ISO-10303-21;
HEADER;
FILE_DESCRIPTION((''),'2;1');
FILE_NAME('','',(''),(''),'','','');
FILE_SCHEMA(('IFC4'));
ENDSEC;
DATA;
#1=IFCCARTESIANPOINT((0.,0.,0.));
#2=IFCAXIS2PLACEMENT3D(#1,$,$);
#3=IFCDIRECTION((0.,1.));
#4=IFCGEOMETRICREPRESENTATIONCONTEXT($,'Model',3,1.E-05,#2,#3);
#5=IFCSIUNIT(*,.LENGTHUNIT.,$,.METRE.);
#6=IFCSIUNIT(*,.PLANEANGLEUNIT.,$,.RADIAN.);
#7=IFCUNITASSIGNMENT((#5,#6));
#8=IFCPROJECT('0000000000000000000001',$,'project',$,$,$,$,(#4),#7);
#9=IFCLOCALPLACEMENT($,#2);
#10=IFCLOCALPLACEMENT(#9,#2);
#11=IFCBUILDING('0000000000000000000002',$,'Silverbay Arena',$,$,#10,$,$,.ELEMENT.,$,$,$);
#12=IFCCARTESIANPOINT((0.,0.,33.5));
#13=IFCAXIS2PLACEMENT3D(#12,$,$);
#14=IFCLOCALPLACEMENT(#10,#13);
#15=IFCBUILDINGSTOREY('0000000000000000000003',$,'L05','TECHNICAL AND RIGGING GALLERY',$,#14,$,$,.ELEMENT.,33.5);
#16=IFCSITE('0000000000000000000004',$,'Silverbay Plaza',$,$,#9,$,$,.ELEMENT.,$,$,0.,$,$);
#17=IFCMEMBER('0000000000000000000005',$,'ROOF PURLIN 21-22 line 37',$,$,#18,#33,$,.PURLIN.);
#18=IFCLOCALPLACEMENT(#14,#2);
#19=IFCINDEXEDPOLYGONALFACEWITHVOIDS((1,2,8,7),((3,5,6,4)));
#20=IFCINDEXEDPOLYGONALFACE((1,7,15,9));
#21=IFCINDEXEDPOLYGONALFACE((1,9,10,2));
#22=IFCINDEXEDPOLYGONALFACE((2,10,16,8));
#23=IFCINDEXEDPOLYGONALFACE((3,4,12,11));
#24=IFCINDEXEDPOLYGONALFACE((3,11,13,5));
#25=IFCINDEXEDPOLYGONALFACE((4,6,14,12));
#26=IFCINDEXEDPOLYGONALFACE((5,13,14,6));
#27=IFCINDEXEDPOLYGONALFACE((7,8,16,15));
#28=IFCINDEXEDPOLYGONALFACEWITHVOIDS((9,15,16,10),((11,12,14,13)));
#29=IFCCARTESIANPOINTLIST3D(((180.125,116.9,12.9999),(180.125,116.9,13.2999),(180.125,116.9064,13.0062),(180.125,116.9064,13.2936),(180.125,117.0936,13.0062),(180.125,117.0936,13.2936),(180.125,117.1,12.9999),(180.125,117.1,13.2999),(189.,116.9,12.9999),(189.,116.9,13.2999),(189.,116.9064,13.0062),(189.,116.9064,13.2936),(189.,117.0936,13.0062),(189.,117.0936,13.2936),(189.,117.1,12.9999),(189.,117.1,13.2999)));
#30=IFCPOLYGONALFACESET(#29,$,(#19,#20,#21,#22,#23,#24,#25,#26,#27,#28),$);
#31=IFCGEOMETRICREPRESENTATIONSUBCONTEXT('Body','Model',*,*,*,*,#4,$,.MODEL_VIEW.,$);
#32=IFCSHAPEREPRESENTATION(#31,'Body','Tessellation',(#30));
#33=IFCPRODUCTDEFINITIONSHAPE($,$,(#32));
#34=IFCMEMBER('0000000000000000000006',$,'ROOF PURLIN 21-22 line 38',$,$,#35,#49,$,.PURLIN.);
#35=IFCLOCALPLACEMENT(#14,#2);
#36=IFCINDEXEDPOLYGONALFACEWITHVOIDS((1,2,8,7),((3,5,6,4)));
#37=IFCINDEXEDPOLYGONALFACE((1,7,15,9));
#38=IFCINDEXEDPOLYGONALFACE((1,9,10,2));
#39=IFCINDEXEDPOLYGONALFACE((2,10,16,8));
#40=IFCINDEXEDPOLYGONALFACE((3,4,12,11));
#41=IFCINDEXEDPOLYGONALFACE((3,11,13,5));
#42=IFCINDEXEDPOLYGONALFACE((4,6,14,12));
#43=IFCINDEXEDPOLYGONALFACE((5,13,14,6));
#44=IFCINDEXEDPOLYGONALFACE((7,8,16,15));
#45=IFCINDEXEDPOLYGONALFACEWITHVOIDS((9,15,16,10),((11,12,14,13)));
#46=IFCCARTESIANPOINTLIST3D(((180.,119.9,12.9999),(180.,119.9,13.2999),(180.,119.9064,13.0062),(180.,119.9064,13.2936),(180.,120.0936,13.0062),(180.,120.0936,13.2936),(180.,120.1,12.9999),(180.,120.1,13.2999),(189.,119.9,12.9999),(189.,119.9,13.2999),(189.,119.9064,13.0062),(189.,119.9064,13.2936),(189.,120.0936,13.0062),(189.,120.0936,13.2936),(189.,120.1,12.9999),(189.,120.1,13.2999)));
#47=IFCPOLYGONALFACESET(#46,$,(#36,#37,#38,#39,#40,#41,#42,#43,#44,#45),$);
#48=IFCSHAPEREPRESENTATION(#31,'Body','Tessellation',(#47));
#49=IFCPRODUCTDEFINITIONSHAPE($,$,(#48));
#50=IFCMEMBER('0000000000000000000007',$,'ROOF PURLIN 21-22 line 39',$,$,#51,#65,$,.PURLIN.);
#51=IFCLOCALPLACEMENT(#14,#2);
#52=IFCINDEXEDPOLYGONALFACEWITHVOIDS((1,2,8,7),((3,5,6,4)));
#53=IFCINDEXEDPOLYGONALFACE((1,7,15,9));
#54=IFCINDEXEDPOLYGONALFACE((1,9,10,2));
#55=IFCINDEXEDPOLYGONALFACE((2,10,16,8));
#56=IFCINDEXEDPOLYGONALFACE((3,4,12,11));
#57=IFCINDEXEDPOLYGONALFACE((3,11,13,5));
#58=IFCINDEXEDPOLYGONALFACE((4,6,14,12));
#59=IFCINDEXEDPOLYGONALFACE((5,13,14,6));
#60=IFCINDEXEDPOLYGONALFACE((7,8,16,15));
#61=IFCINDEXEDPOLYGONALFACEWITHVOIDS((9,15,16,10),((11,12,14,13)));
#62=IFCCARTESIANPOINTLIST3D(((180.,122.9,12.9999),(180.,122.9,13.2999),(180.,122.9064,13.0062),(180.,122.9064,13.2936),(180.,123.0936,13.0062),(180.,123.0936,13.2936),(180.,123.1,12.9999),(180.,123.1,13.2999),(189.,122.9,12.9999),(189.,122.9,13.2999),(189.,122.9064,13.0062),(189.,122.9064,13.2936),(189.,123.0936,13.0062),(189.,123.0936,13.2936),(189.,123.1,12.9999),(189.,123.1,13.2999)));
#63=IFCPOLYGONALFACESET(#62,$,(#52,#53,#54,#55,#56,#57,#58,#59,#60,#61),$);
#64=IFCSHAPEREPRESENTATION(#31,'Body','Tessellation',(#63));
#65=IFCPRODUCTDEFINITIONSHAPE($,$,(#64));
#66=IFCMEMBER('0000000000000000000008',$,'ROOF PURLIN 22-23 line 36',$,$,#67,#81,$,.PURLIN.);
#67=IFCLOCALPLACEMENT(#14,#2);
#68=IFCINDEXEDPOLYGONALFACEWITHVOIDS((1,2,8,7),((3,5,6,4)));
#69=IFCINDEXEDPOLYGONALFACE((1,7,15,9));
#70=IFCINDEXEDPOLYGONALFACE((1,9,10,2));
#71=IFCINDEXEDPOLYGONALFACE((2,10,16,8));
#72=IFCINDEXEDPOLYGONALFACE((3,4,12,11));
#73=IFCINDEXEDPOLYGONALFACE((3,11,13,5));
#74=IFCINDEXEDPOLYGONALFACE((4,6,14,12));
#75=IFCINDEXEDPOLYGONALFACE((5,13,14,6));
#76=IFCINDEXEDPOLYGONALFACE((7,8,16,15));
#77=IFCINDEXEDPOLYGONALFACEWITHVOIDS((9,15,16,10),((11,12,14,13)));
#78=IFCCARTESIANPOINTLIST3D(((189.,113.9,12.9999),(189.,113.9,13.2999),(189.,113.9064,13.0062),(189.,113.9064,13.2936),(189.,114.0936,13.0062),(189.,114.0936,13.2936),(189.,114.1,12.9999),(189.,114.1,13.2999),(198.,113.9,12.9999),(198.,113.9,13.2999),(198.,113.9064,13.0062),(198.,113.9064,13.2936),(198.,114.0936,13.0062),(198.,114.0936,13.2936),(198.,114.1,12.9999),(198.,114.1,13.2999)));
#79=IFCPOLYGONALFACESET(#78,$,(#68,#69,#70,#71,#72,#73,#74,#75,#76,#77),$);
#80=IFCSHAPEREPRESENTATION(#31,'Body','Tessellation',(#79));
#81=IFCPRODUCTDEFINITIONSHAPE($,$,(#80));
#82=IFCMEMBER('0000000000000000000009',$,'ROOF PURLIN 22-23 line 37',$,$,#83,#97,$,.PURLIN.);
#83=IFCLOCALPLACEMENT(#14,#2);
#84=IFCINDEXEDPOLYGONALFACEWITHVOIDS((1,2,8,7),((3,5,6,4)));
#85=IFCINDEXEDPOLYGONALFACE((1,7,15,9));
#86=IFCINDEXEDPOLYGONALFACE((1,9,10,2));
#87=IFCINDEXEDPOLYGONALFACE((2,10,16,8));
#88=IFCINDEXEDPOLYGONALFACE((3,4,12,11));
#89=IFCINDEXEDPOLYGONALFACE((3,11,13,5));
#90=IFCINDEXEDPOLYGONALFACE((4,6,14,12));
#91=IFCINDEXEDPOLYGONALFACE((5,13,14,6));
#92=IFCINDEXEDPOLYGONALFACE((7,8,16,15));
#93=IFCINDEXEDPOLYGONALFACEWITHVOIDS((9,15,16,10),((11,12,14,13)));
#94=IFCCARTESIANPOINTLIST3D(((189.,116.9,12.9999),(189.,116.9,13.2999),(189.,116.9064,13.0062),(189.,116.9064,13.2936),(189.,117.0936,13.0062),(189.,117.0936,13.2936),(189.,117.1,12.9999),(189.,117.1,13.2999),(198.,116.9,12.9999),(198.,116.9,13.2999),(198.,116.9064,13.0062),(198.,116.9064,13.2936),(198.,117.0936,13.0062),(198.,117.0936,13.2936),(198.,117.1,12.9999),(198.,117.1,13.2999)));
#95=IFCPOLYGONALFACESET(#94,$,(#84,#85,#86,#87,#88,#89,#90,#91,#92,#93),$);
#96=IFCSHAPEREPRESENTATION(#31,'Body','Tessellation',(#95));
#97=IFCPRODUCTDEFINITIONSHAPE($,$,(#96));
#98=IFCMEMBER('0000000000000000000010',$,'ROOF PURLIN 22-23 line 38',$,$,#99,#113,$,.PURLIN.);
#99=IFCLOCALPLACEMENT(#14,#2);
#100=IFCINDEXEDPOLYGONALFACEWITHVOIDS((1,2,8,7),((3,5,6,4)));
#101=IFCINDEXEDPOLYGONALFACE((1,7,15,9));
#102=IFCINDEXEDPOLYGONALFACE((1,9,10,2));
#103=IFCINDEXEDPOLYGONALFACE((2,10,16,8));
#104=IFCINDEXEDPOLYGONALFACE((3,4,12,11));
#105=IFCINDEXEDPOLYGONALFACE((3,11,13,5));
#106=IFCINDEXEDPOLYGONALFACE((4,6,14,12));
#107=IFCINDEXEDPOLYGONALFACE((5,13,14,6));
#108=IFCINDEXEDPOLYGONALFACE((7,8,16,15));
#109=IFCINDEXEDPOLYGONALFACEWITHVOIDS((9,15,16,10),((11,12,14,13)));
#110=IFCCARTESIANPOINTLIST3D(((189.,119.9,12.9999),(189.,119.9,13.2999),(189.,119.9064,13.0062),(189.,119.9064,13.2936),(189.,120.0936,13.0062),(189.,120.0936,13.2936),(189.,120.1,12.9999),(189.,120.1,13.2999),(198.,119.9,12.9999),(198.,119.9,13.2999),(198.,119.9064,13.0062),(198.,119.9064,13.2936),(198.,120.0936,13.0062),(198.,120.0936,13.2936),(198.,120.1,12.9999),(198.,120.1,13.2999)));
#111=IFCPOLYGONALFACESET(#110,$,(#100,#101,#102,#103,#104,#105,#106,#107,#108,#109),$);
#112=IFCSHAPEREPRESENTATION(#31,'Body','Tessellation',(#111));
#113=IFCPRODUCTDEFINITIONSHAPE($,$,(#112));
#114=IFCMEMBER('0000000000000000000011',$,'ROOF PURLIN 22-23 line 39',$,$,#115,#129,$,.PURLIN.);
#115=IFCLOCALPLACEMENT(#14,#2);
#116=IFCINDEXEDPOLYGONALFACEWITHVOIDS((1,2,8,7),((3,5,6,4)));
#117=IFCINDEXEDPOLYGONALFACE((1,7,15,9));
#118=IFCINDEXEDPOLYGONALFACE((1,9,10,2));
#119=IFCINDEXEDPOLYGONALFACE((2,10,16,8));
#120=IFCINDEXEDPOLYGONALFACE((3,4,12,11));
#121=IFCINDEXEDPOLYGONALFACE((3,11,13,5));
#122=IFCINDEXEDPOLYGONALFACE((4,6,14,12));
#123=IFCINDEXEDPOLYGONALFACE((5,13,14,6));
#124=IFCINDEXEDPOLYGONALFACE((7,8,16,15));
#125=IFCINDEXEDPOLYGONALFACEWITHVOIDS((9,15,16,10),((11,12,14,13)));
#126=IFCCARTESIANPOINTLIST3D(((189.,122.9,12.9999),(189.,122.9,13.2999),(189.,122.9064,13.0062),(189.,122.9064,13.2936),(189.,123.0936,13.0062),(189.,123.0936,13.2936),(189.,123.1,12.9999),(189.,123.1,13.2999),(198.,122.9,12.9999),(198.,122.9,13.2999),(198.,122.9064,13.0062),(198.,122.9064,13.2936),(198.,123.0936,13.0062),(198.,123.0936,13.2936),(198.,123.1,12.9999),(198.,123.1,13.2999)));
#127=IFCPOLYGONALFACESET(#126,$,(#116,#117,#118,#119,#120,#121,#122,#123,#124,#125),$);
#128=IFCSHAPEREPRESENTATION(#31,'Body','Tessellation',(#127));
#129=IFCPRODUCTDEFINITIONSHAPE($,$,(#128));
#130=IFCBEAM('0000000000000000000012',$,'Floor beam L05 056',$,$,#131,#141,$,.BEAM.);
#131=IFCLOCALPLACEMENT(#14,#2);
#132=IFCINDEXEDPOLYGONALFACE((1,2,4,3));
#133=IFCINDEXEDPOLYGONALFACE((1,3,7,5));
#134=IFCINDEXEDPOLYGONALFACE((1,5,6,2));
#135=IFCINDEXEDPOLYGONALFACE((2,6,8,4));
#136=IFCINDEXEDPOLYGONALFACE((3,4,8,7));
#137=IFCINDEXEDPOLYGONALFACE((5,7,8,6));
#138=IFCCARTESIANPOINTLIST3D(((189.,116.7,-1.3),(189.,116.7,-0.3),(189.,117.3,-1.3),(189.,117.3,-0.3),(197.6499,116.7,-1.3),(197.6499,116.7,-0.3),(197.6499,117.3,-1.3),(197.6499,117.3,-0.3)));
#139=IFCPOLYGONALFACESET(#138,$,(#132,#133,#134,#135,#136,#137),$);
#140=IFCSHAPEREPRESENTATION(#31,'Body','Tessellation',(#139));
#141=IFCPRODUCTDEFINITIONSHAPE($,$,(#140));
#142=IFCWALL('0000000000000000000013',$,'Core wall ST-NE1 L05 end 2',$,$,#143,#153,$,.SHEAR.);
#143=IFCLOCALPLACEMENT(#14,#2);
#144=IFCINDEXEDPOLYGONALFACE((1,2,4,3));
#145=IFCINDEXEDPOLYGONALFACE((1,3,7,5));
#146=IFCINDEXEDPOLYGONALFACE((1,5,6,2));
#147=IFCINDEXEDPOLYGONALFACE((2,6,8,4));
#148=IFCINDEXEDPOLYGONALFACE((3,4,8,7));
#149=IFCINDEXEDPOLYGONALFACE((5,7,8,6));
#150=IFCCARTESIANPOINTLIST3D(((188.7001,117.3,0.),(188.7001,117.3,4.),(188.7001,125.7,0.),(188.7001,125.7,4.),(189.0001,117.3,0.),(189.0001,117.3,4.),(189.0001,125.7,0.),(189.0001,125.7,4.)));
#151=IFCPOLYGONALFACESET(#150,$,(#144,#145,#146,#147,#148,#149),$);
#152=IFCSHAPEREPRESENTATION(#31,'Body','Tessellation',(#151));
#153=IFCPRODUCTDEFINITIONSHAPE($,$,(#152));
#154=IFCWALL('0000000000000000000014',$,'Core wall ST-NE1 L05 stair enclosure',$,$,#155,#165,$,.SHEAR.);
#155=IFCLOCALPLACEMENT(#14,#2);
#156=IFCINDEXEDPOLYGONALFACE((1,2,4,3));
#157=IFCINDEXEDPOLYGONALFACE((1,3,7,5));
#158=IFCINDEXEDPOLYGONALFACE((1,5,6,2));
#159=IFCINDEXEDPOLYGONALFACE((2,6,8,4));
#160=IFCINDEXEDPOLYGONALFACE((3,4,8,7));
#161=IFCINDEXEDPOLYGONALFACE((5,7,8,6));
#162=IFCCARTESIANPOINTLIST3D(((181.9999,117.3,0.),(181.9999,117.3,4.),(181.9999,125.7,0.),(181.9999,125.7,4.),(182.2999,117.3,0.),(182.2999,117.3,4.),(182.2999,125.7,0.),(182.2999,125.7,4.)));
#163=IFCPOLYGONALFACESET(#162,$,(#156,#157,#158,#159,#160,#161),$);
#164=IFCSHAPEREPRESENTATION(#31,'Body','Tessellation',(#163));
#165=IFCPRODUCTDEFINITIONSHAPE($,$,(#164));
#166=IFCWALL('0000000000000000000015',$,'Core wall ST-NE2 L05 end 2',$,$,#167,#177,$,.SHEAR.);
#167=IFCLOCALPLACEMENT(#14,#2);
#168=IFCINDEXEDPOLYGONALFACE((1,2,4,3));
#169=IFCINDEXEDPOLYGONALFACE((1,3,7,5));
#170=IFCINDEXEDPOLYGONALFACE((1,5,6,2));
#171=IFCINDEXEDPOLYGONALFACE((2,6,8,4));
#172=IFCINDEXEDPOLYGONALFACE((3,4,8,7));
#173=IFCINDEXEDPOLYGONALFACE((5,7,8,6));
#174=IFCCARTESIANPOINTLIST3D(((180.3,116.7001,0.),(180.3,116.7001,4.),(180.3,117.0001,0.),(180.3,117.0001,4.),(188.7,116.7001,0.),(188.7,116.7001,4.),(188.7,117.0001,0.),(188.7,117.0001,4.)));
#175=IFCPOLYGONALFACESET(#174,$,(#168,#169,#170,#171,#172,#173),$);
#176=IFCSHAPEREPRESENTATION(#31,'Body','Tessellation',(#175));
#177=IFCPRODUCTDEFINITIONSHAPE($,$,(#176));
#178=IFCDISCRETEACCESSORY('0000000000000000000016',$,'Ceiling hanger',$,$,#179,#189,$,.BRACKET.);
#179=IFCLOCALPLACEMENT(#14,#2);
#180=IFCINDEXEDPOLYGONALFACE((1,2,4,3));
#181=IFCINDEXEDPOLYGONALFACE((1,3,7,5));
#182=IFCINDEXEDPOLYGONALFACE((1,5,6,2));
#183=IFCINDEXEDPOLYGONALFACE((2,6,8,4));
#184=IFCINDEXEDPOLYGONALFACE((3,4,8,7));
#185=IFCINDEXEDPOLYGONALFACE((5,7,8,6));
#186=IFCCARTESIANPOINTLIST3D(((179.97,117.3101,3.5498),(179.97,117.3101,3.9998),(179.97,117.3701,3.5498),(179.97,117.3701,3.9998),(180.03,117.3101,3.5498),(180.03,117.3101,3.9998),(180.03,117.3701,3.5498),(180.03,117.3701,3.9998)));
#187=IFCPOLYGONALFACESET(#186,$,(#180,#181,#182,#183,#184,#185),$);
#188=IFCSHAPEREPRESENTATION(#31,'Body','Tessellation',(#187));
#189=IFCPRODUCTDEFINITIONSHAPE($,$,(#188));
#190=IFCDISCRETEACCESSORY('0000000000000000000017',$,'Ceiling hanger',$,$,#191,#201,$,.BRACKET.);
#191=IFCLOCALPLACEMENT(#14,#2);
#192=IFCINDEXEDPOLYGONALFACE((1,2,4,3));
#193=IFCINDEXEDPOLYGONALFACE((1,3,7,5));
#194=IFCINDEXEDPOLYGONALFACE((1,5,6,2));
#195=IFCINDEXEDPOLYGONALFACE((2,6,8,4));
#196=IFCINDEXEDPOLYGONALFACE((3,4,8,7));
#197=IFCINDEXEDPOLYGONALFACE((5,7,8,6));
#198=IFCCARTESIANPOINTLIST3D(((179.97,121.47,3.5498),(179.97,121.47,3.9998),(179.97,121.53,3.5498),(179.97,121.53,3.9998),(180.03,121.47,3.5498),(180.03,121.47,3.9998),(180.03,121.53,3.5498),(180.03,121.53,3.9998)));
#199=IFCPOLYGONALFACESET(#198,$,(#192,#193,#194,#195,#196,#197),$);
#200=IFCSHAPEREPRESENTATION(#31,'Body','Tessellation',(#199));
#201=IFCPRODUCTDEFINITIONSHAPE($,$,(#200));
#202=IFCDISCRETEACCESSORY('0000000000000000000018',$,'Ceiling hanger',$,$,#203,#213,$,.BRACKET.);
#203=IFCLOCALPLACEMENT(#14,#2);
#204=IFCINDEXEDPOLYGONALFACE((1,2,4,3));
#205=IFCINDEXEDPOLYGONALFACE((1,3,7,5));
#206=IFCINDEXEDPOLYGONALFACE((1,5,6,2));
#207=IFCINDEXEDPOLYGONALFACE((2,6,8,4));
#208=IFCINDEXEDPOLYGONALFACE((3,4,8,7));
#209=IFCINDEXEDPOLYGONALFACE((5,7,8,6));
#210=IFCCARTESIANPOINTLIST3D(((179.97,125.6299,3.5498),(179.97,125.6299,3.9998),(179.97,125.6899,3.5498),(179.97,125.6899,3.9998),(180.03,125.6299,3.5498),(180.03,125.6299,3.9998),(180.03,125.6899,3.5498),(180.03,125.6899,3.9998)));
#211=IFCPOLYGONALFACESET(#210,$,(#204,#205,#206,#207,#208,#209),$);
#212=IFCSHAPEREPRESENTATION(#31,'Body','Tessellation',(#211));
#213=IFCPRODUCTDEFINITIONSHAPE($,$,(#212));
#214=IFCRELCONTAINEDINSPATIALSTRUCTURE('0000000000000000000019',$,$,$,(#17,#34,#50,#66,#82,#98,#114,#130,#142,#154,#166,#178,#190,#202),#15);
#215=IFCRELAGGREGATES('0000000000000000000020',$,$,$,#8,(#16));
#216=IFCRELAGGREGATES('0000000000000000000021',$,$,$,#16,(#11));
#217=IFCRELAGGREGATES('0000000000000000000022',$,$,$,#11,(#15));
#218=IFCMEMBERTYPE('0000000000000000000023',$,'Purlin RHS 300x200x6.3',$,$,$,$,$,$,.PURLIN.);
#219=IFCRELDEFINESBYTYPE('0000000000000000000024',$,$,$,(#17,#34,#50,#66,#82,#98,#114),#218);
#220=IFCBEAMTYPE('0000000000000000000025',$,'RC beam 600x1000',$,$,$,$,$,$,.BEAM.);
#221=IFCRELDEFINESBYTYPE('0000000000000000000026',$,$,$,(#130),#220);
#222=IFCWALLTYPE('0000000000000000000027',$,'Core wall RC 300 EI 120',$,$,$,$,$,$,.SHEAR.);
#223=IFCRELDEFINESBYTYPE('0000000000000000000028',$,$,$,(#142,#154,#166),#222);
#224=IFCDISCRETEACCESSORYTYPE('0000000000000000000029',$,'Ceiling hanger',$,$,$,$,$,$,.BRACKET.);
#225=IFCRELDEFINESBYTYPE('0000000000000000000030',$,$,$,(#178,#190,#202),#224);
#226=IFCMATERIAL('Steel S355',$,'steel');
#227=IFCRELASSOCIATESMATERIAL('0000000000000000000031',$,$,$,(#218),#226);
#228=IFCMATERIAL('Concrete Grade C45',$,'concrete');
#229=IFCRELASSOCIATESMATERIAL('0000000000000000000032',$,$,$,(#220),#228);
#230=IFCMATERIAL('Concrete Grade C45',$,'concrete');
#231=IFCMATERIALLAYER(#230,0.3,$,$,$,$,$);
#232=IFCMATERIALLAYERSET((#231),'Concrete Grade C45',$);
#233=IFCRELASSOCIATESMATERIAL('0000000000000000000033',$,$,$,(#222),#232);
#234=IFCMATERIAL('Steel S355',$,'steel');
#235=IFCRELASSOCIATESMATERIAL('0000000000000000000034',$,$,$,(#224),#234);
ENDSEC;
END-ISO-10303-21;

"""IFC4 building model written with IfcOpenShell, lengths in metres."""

from ifc_helpers import new_model, si_unit, direction, frame, frame_2d, origin, origin_2d, place, context, subcontext, project, spatial, rectangle, hollow_rectangle, extrude, material, layer, layer_set, material_profile, profile_set, type_object, element, save


model = new_model("IFC4")

# Units and contexts
model_context = context("Model", 3, precision=1e-05, world=origin(), true_north=direction((0.0, 1.0)))
body_context = subcontext(model_context, "Body", "Model", "MODEL_VIEW")
ifc_project = project(units=[si_unit("LENGTHUNIT", "METRE"), si_unit("PLANEANGLEUNIT", "RADIAN")], contexts=[model_context])

# Site, building, storey
site_placement = place(None, origin())
site = spatial("IfcSite", under=ifc_project, at=site_placement, Name="Silverbay Plaza", CompositionType="ELEMENT", RefElevation=0.0)
building_placement = place(site_placement, origin())
building = spatial("IfcBuilding", under=site, at=building_placement, Name="Silverbay Arena", CompositionType="ELEMENT")
storey_placement = place(building_placement, frame((0.0, 0.0, 33.5)))
storey = spatial("IfcBuildingStorey", under=building, at=storey_placement, Name="L05", Description="TECHNICAL AND RIGGING GALLERY", CompositionType="ELEMENT", Elevation=33.5)

# Members
ifc_material_1 = material(Name="Steel S355", Category="steel")
ifc_material_profile_1 = material_profile(ifc_material_1, hollow_rectangle(XDim=0.2, YDim=0.3, WallThickness=0.0063, at=origin_2d()), Name="RHS 300x200x6.3")
ifc_profile_set_1 = profile_set([ifc_material_profile_1], Name="Steel S355")
member_type_1 = type_object("IfcMemberType", Name="Purlin RHS 300x200x6.3", PredefinedType="PURLIN", material=ifc_profile_set_1)
member_1_placement = place(storey_placement, frame((180.125, 117.0, 13.1499), z_axis=(1.0, 0.0, 0.0), x_axis=(0.0, 1.0, 0.0)))
element("IfcMember", 1, at=member_1_placement, inside=storey, type_object=member_type_1, Name="ROOF PURLIN 21-22 line 37", PredefinedType="PURLIN", context=body_context, shape_type="SweptSolid", body=[
    extrude(hollow_rectangle(XDim=0.2, YDim=0.3, WallThickness=0.0063, at=origin_2d()), origin(), (0.0, 0.0, 1.0), 8.875),
])
for number, where, z_axis, x_axis, name in (
    (2, (180.0, 120.0, 13.1499), (1.0, 0.0, 0.0), (0.0, 1.0, 0.0), "ROOF PURLIN 21-22 line 38"),
    (3, (180.0, 123.0, 13.1499), (1.0, 0.0, 0.0), (0.0, 1.0, 0.0), "ROOF PURLIN 21-22 line 39"),
    (4, (189.0, 114.0, 13.1499), (1.0, 0.0, 0.0), (0.0, 1.0, 0.0), "ROOF PURLIN 22-23 line 36"),
    (5, (189.0, 117.0, 13.1499), (1.0, 0.0, 0.0), (0.0, 1.0, 0.0), "ROOF PURLIN 22-23 line 37"),
    (6, (189.0, 120.0, 13.1499), (1.0, 0.0, 0.0), (0.0, 1.0, 0.0), "ROOF PURLIN 22-23 line 38"),
    (7, (189.0, 123.0, 13.1499), (1.0, 0.0, 0.0), (0.0, 1.0, 0.0), "ROOF PURLIN 22-23 line 39"),
):
    element("IfcMember", number, at=place(storey_placement, frame(where, z_axis=z_axis, x_axis=x_axis)), inside=storey, type_object=member_type_1, Name=name, PredefinedType="PURLIN", context=body_context, shape_type="SweptSolid", body=[
        extrude(hollow_rectangle(XDim=0.2, YDim=0.3, WallThickness=0.0063, at=origin_2d()), origin(), (0.0, 0.0, 1.0), 9.0),
    ])

# Beam
ifc_material_2 = material(Name="Concrete Grade C45", Category="concrete")
ifc_material_profile_2 = material_profile(ifc_material_2, rectangle(XDim=0.6001, YDim=1.0, at=origin_2d()), Name="RC 600x1000")
ifc_profile_set_2 = profile_set([ifc_material_profile_2], Name="Concrete Grade C45")
beam_type = type_object("IfcBeamType", Name="RC beam 600x1000", PredefinedType="BEAM", material=ifc_profile_set_2)
beam_placement = place(storey_placement, frame((189.0, 117.0, -0.8), z_axis=(1.0, 0.0, 0.0), x_axis=(0.0, 1.0, 0.0)))
element("IfcBeam", 8, at=beam_placement, inside=storey, type_object=beam_type, Name="Floor beam L05 056", PredefinedType="BEAM", context=body_context, shape_type="SweptSolid", body=[
    extrude(rectangle(XDim=0.6001, YDim=1.0, at=origin_2d()), origin(), (0.0, 0.0, 1.0), 8.6499),
])

# Walls
ifc_material_3 = material(Name="Concrete Grade C45", Category="concrete")
ifc_layer_1 = layer(ifc_material_3, 0.3)
ifc_layer_set_1 = layer_set([ifc_layer_1], Name="Concrete Grade C45")
wall_type = type_object("IfcWallType", Name="Core wall RC 300 EI 120", PredefinedType="SHEAR", material=ifc_layer_set_1)
for number, where, z_axis, x_axis, name in (
    (9, (188.8501, 117.3, 0.0), (0.0, 0.0, 1.0), (0.0, 1.0, 0.0), "Core wall ST-NE1 L05 end 2"),
    (10, (182.1499, 117.3, 0.0), (0.0, 0.0, 1.0), (0.0, 1.0, 0.0), "Core wall ST-NE1 L05 stair enclosure"),
    (11, (180.3, 116.8501, 0.0), (0.0, 0.0, 1.0), (1.0, 0.0, 0.0), "Core wall ST-NE2 L05 end 2"),
):
    element("IfcWall", number, at=place(storey_placement, frame(where, z_axis=z_axis, x_axis=x_axis)), inside=storey, type_object=wall_type, Name=name, PredefinedType="SHEAR", context=body_context, shape_type="SweptSolid", body=[
        extrude(rectangle(XDim=8.3999, YDim=0.3, at=frame_2d((4.2, 0.0))), origin(), (0.0, 0.0, 1.0), 4.0),
    ])

# Discrete accessories
ifc_material_4 = material(Name="Steel S355", Category="steel")
discrete_accessory_type_1 = type_object("IfcDiscreteAccessoryType", Name="Ceiling hanger", PredefinedType="BRACKET", material=ifc_material_4)
for number, where, z_axis, x_axis, name in (
    (12, (180.0, 117.3401, 3.5498), (0.0, 0.0, 1.0), (1.0, 0.0, 0.0), "Ceiling hanger"),
    (13, (180.0, 121.5, 3.5498), (0.0, 0.0, 1.0), (1.0, 0.0, 0.0), "Ceiling hanger"),
    (14, (180.0, 125.6599, 3.5498), (0.0, 0.0, 1.0), (1.0, 0.0, 0.0), "Ceiling hanger"),
):
    element("IfcDiscreteAccessory", number, at=place(storey_placement, frame(where, z_axis=z_axis, x_axis=x_axis)), inside=storey, type_object=discrete_accessory_type_1, Name=name, PredefinedType="BRACKET", context=body_context, shape_type="SweptSolid", body=[
        extrude(rectangle(XDim=0.0601, YDim=0.0601, at=origin_2d()), origin(), (0.0, 0.0, 1.0), 0.45),
    ])

save(model, "model.ifc")
